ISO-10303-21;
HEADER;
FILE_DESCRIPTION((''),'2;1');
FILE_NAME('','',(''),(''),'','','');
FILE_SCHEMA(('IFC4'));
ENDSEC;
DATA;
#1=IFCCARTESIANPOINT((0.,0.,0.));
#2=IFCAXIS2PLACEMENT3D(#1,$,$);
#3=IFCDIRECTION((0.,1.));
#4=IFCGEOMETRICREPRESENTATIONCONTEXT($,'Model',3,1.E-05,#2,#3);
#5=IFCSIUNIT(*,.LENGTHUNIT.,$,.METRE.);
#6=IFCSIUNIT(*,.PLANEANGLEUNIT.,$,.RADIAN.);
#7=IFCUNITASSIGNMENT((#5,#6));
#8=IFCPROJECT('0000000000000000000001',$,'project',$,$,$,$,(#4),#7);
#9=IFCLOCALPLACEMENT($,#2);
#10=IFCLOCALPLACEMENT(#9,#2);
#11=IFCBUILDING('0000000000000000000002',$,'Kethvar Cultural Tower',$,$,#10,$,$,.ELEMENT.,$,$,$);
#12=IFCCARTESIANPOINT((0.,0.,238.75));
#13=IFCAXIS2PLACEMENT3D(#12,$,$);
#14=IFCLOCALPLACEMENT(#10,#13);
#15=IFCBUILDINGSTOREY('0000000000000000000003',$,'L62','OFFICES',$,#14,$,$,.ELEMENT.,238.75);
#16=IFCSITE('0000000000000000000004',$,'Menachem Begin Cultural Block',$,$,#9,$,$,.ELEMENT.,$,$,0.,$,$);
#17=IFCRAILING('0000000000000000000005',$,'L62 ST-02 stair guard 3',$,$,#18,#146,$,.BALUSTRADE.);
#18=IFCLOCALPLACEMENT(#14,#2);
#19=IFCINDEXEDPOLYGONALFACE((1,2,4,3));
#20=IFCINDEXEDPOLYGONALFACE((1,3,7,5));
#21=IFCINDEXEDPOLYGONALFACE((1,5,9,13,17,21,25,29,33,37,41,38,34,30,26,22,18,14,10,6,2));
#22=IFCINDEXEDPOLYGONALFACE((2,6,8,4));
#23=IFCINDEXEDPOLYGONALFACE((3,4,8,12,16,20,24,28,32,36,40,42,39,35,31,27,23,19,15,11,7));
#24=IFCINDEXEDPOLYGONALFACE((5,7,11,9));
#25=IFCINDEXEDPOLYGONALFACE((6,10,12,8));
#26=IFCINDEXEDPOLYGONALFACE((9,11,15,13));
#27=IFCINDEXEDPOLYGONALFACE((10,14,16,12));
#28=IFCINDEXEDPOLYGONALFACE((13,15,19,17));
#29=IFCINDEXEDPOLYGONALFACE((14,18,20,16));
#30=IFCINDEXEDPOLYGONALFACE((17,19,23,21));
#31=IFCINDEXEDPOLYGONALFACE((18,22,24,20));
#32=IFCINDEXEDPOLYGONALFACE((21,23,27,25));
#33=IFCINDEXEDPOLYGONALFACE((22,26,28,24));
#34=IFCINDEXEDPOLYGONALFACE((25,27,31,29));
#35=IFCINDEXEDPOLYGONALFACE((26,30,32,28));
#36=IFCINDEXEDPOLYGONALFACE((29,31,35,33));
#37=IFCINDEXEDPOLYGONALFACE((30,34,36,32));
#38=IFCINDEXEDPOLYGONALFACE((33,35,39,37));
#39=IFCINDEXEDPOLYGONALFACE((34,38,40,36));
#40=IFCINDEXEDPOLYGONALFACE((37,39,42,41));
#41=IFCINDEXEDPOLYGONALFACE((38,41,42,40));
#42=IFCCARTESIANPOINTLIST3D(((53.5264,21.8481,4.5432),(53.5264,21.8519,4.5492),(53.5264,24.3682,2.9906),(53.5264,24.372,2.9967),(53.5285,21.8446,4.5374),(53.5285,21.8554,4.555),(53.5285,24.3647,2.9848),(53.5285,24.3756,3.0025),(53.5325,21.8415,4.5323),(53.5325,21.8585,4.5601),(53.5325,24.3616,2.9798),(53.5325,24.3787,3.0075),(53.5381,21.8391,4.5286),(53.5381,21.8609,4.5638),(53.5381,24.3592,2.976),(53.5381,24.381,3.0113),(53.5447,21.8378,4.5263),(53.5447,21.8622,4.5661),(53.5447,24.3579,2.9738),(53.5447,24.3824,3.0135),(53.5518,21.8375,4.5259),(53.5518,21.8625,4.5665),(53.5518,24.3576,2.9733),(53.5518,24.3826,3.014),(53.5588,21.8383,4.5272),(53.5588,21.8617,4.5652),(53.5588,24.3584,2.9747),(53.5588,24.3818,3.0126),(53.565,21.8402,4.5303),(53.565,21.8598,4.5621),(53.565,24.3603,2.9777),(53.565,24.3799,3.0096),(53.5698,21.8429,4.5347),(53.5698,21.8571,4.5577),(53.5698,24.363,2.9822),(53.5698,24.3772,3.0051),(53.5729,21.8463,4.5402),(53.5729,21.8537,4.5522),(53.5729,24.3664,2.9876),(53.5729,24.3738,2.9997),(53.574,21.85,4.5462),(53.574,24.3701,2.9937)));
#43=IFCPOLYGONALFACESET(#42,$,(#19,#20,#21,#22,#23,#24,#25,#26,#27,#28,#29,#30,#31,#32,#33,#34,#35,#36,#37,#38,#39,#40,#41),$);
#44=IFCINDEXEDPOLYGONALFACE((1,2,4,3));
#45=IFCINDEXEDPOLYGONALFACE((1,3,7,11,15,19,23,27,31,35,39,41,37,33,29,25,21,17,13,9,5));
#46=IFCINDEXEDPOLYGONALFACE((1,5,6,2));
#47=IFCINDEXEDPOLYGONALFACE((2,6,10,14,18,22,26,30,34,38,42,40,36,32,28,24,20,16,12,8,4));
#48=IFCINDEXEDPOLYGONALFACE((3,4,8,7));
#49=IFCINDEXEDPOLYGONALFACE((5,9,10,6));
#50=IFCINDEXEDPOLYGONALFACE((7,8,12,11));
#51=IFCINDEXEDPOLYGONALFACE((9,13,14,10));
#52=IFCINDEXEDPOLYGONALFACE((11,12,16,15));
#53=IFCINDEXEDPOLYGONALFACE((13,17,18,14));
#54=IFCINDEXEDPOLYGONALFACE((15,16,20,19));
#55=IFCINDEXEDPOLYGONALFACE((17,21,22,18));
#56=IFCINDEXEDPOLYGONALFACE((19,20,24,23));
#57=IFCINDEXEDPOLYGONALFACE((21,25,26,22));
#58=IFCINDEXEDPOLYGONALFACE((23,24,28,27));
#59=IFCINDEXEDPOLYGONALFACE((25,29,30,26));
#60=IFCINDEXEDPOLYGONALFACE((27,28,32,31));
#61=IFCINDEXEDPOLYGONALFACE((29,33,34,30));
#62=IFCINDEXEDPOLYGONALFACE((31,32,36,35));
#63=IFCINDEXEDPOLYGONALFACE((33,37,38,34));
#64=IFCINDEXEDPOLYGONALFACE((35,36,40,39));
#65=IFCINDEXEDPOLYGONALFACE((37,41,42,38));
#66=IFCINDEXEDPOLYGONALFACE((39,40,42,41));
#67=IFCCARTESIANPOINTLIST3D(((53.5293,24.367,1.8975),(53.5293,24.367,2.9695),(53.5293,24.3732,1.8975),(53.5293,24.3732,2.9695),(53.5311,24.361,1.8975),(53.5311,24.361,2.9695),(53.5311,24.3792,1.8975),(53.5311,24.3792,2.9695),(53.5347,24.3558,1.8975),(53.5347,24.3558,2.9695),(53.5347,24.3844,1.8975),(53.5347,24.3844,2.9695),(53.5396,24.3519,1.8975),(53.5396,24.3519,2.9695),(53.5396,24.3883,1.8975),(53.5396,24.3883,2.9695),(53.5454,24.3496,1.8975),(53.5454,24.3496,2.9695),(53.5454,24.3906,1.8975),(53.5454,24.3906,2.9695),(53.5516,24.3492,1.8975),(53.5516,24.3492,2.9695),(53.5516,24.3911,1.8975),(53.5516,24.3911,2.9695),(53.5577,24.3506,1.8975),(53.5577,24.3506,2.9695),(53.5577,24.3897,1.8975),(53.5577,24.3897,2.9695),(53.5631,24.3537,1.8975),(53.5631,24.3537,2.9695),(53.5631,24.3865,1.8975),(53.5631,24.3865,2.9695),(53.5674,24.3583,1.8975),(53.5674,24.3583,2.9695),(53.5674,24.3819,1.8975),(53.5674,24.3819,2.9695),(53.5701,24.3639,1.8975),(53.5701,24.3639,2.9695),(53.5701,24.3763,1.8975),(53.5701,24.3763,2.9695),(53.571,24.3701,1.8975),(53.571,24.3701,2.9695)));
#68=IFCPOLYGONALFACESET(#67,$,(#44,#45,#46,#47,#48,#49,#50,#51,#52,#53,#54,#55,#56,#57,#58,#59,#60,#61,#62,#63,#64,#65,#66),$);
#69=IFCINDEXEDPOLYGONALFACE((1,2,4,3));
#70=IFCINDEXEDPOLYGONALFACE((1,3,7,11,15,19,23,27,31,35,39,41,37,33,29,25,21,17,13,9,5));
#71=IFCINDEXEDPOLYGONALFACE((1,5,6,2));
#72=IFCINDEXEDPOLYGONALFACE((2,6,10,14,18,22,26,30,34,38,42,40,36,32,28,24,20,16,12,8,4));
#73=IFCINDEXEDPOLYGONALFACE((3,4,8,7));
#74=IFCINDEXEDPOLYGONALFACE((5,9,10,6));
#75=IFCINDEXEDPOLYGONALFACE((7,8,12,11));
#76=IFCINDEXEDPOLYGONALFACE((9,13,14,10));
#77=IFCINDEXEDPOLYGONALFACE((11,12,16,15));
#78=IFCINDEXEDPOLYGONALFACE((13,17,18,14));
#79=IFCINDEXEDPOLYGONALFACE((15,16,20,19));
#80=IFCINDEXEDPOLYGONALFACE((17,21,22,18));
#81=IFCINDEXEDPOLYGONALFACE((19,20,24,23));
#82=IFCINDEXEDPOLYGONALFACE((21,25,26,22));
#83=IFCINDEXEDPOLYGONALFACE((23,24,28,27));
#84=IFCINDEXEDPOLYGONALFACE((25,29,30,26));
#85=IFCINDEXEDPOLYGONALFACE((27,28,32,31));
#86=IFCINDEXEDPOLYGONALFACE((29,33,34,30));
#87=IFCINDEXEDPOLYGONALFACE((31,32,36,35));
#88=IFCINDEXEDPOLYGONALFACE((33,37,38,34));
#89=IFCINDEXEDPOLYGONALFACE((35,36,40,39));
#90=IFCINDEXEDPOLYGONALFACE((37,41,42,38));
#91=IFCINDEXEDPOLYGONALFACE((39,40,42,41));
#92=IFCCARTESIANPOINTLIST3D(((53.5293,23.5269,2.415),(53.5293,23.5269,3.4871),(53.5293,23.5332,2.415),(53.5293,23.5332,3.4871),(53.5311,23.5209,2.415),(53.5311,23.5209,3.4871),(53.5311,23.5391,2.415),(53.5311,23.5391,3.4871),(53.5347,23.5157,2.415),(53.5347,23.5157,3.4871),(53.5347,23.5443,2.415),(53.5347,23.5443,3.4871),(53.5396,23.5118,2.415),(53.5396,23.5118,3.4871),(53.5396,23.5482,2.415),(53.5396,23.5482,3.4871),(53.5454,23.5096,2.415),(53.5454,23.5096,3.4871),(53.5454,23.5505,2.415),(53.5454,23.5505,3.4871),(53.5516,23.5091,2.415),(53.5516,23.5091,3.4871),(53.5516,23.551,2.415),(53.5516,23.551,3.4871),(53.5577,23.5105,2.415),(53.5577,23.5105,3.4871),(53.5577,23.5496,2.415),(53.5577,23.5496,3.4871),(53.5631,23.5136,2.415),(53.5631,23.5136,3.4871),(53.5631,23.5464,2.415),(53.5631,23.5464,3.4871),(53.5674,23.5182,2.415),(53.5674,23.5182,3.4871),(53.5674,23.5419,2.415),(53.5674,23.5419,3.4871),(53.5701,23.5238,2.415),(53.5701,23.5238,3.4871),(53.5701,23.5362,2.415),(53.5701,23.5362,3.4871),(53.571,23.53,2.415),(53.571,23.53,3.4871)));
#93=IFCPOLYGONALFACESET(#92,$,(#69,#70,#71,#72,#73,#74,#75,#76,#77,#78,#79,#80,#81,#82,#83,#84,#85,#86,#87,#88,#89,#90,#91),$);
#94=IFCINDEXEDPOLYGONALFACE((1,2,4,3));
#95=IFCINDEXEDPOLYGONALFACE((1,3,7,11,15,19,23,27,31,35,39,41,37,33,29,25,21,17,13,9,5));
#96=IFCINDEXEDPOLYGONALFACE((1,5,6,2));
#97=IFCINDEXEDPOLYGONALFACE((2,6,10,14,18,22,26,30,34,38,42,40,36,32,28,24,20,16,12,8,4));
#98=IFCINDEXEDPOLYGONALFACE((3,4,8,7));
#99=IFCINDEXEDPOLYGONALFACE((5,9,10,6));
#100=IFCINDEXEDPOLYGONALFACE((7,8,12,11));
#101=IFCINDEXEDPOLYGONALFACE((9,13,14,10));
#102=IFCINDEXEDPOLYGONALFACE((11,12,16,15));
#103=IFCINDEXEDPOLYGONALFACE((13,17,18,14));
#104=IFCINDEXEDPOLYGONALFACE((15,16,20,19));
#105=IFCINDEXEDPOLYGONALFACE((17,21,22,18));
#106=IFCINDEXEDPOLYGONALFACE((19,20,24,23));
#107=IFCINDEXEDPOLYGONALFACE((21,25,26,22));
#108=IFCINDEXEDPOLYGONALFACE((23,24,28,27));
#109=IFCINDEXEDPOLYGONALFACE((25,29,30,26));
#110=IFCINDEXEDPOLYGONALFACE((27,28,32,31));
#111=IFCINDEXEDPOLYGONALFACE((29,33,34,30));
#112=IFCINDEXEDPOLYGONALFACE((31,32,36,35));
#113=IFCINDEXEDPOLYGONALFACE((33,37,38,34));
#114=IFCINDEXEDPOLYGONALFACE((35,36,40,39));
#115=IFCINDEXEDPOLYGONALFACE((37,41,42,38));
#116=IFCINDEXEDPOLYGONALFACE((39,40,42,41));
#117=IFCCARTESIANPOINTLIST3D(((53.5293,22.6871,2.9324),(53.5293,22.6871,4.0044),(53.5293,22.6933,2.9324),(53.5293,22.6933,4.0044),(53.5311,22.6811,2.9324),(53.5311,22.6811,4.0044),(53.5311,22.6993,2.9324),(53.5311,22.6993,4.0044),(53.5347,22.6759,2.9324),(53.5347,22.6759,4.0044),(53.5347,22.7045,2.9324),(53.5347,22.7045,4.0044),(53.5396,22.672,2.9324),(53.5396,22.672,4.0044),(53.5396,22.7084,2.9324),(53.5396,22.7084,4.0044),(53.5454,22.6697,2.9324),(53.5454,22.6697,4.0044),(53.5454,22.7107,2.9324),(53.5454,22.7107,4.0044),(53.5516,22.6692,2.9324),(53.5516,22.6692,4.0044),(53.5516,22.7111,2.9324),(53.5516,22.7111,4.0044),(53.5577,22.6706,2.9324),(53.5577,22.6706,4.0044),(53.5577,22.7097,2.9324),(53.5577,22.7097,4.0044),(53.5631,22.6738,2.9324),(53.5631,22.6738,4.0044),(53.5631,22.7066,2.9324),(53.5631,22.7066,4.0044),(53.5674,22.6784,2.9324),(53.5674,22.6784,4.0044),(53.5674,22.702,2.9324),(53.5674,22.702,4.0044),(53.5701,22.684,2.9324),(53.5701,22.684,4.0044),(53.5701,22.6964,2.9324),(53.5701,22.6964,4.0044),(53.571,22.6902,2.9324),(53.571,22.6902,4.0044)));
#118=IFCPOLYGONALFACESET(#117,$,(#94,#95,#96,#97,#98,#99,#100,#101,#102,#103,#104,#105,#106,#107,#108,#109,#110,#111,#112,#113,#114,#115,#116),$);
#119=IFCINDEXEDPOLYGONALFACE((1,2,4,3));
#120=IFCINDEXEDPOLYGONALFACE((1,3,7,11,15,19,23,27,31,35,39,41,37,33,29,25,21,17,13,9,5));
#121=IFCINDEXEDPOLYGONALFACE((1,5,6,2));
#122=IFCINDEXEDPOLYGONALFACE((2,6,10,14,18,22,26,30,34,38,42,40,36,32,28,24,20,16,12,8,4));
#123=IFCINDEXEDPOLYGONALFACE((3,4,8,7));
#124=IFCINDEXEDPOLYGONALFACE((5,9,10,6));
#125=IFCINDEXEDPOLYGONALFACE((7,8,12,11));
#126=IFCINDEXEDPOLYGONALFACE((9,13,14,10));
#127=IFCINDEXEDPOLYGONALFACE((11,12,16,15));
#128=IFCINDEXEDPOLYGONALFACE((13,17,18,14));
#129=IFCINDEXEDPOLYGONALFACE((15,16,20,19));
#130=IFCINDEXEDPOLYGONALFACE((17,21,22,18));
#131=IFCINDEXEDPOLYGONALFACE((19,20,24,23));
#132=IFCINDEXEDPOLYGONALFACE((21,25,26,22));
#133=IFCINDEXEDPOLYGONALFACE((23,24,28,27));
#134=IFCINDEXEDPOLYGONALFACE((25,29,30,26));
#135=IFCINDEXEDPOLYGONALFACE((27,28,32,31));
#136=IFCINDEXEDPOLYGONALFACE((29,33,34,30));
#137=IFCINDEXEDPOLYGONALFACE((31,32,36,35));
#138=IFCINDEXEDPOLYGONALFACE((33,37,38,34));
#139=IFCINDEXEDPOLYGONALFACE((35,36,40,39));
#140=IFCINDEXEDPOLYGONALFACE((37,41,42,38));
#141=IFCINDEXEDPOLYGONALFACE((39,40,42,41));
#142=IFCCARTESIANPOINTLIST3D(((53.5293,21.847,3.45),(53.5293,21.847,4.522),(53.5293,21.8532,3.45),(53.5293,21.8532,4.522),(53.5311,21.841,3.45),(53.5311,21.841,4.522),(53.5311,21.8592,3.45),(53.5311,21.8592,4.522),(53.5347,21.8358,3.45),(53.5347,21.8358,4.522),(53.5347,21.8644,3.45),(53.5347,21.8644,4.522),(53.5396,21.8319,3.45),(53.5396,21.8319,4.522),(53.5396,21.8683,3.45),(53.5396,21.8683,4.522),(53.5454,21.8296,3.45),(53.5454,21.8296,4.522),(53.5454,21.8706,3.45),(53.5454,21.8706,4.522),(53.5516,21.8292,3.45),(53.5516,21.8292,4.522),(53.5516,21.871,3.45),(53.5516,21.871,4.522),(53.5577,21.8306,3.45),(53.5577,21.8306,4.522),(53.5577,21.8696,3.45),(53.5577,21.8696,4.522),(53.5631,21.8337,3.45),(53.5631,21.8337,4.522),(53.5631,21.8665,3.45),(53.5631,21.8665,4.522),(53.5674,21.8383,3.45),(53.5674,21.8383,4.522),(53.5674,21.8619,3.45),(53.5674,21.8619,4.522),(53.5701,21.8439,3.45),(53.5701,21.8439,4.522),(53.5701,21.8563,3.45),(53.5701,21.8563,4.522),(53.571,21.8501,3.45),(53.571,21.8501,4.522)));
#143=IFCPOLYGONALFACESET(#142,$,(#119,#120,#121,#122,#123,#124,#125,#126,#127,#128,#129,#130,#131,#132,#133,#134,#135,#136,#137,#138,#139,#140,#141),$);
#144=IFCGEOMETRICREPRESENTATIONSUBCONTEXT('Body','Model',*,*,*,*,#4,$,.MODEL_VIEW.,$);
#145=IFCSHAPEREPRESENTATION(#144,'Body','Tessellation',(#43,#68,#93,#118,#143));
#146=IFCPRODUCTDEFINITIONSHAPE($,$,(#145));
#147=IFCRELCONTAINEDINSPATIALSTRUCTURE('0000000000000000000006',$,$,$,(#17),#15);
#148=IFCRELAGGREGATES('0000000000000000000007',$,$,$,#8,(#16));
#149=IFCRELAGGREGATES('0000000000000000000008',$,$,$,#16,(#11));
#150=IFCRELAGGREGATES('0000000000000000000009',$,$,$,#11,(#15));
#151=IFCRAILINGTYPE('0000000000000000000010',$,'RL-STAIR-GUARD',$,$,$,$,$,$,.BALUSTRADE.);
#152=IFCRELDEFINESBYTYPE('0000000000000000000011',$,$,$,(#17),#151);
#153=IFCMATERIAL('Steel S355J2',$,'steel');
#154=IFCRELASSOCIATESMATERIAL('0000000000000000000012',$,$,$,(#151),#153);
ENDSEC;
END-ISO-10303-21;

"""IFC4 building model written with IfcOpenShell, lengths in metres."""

from ifc_helpers import new_model, si_unit, direction, frame, origin, origin_2d, place, context, subcontext, project, spatial, circle, extrude, material, type_object, element, save


model = new_model("IFC4")

# Units and contexts
model_context = context("Model", 3, precision=1e-05, world=origin(), true_north=direction((0.0, 1.0)))
body_context = subcontext(model_context, "Body", "Model", "MODEL_VIEW")
ifc_project = project(units=[si_unit("LENGTHUNIT", "METRE"), si_unit("PLANEANGLEUNIT", "RADIAN")], contexts=[model_context])

# Site, building, storey
site_placement = place(None, origin())
site = spatial("IfcSite", under=ifc_project, at=site_placement, Name="Menachem Begin Cultural Block", CompositionType="ELEMENT", RefElevation=0.0)
building_placement = place(site_placement, origin())
building = spatial("IfcBuilding", under=site, at=building_placement, Name="Kethvar Cultural Tower", CompositionType="ELEMENT")
storey_placement = place(building_placement, frame((0.0, 0.0, 238.75)))
storey = spatial("IfcBuildingStorey", under=building, at=storey_placement, Name="L62", Description="OFFICES", CompositionType="ELEMENT", Elevation=238.75)

# Shared definitions
ifc_material_1 = material(Name="Steel S355J2", Category="steel")

# Railing
railing_type_1 = type_object("IfcRailingType", Name="RL-STAIR-GUARD", PredefinedType="BALUSTRADE", material=ifc_material_1)
railing_1_placement = place(storey_placement, frame((53.55, 24.3701, 1.8975)))
element("IfcRailing", 1, at=railing_1_placement, inside=storey, type_object=railing_type_1, Name="L62 ST-02 stair guard 3", PredefinedType="BALUSTRADE", context=body_context, shape_type="SweptSolid", body=[
    extrude(circle(Radius=0.0239, at=origin_2d()), frame((0.0, 0.0, 1.0962), z_axis=(0.0, -0.8514, 0.524516), x_axis=(1.0, 0.0, 0.0)), (0.0, 0.0, 1.0), 2.96),
    extrude(circle(Radius=0.021, at=origin_2d()), origin(), (0.0, 0.0, 1.0), 1.072),
    extrude(circle(Radius=0.021, at=origin_2d()), frame((0.0, -0.8401, 0.5176)), (0.0, 0.0, 1.0), 1.072),
    extrude(circle(Radius=0.021, at=origin_2d()), frame((0.0, -1.6799, 1.0349)), (0.0, 0.0, 1.0), 1.072),
    extrude(circle(Radius=0.021, at=origin_2d()), frame((0.0, -2.52, 1.5525)), (0.0, 0.0, 1.0), 1.072),
])

save(model, "model.ifc")
